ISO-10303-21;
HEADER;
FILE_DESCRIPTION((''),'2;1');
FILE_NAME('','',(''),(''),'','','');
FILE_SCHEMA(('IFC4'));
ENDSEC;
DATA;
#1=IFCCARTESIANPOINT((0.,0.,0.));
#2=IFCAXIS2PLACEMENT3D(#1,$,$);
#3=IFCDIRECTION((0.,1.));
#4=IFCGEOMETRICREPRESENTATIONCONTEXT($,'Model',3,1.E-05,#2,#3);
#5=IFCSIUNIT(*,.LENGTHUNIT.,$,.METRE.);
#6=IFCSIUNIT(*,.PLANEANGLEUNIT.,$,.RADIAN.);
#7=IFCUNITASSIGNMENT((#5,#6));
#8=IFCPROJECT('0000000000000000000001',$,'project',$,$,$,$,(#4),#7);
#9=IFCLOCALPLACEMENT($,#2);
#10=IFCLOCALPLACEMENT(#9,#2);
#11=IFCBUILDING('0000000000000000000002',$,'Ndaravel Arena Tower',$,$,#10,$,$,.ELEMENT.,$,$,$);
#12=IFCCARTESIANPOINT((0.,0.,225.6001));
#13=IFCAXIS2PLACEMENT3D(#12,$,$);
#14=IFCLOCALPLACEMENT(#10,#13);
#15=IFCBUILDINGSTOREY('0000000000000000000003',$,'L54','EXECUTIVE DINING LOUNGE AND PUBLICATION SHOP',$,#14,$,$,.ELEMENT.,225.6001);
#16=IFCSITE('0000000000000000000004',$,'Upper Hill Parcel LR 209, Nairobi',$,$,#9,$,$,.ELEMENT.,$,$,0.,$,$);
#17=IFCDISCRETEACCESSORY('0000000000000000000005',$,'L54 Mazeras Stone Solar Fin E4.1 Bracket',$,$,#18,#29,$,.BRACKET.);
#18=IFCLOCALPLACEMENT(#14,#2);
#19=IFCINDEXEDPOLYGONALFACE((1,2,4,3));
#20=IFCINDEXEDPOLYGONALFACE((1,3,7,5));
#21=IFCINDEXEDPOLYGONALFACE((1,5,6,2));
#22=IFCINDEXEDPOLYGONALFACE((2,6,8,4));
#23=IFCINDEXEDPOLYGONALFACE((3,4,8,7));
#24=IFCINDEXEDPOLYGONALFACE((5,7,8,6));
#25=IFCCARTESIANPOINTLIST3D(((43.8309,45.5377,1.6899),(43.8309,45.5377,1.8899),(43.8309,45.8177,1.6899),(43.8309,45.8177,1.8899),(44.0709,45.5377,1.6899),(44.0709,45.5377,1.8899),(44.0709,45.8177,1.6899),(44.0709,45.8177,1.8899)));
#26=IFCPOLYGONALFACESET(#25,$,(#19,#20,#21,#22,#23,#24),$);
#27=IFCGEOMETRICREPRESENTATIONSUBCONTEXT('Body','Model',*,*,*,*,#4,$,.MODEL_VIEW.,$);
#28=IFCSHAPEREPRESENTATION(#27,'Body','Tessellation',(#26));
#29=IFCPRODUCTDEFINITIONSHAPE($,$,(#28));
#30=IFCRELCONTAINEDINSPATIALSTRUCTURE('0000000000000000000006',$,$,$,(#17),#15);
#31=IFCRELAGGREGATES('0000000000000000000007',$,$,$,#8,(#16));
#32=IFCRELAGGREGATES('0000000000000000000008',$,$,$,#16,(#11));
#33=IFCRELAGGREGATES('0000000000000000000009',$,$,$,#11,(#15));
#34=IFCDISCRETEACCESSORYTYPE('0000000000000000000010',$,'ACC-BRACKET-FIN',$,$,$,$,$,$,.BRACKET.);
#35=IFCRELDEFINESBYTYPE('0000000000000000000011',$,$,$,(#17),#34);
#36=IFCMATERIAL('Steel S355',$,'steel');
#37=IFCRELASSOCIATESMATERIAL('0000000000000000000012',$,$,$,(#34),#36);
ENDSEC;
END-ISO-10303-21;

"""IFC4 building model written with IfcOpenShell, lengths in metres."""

from ifc_helpers import new_model, si_unit, direction, frame, origin, origin_2d, place, context, subcontext, project, spatial, rectangle, extrude, material, type_object, element, save


model = new_model("IFC4")

# Units and contexts
model_context = context("Model", 3, precision=1e-05, world=origin(), true_north=direction((0.0, 1.0)))
body_context = subcontext(model_context, "Body", "Model", "MODEL_VIEW")
ifc_project = project(units=[si_unit("LENGTHUNIT", "METRE"), si_unit("PLANEANGLEUNIT", "RADIAN")], contexts=[model_context])

# Site, building, storey
site_placement = place(None, origin())
site = spatial("IfcSite", under=ifc_project, at=site_placement, Name="Upper Hill Parcel LR 209, Nairobi", CompositionType="ELEMENT", RefElevation=0.0)
building_placement = place(site_placement, origin())
building = spatial("IfcBuilding", under=site, at=building_placement, Name="Ndaravel Arena Tower", CompositionType="ELEMENT")
storey_placement = place(building_placement, frame((0.0, 0.0, 225.6001)))
storey = spatial("IfcBuildingStorey", under=building, at=storey_placement, Name="L54", Description="EXECUTIVE DINING LOUNGE AND PUBLICATION SHOP", CompositionType="ELEMENT", Elevation=225.6001)

# Discrete accessory
ifc_material_1 = material(Name="Steel S355", Category="steel")
discrete_accessory_type = type_object("IfcDiscreteAccessoryType", Name="ACC-BRACKET-FIN", PredefinedType="BRACKET", material=ifc_material_1)
discrete_accessory_placement = place(storey_placement, frame((43.9509, 45.6777, 1.6899), z_axis=(0.0, 0.0, 1.0), x_axis=(0.0, 1.0, 0.0)))
element("IfcDiscreteAccessory", 1, at=discrete_accessory_placement, inside=storey, type_object=discrete_accessory_type, Name="L54 Mazeras Stone Solar Fin E4.1 Bracket", PredefinedType="BRACKET", context=body_context, shape_type="SweptSolid", body=[
    extrude(rectangle(XDim=0.28, YDim=0.24, at=origin_2d()), origin(), (0.0, 0.0, 1.0), 0.2),
])

save(model, "model.ifc")
